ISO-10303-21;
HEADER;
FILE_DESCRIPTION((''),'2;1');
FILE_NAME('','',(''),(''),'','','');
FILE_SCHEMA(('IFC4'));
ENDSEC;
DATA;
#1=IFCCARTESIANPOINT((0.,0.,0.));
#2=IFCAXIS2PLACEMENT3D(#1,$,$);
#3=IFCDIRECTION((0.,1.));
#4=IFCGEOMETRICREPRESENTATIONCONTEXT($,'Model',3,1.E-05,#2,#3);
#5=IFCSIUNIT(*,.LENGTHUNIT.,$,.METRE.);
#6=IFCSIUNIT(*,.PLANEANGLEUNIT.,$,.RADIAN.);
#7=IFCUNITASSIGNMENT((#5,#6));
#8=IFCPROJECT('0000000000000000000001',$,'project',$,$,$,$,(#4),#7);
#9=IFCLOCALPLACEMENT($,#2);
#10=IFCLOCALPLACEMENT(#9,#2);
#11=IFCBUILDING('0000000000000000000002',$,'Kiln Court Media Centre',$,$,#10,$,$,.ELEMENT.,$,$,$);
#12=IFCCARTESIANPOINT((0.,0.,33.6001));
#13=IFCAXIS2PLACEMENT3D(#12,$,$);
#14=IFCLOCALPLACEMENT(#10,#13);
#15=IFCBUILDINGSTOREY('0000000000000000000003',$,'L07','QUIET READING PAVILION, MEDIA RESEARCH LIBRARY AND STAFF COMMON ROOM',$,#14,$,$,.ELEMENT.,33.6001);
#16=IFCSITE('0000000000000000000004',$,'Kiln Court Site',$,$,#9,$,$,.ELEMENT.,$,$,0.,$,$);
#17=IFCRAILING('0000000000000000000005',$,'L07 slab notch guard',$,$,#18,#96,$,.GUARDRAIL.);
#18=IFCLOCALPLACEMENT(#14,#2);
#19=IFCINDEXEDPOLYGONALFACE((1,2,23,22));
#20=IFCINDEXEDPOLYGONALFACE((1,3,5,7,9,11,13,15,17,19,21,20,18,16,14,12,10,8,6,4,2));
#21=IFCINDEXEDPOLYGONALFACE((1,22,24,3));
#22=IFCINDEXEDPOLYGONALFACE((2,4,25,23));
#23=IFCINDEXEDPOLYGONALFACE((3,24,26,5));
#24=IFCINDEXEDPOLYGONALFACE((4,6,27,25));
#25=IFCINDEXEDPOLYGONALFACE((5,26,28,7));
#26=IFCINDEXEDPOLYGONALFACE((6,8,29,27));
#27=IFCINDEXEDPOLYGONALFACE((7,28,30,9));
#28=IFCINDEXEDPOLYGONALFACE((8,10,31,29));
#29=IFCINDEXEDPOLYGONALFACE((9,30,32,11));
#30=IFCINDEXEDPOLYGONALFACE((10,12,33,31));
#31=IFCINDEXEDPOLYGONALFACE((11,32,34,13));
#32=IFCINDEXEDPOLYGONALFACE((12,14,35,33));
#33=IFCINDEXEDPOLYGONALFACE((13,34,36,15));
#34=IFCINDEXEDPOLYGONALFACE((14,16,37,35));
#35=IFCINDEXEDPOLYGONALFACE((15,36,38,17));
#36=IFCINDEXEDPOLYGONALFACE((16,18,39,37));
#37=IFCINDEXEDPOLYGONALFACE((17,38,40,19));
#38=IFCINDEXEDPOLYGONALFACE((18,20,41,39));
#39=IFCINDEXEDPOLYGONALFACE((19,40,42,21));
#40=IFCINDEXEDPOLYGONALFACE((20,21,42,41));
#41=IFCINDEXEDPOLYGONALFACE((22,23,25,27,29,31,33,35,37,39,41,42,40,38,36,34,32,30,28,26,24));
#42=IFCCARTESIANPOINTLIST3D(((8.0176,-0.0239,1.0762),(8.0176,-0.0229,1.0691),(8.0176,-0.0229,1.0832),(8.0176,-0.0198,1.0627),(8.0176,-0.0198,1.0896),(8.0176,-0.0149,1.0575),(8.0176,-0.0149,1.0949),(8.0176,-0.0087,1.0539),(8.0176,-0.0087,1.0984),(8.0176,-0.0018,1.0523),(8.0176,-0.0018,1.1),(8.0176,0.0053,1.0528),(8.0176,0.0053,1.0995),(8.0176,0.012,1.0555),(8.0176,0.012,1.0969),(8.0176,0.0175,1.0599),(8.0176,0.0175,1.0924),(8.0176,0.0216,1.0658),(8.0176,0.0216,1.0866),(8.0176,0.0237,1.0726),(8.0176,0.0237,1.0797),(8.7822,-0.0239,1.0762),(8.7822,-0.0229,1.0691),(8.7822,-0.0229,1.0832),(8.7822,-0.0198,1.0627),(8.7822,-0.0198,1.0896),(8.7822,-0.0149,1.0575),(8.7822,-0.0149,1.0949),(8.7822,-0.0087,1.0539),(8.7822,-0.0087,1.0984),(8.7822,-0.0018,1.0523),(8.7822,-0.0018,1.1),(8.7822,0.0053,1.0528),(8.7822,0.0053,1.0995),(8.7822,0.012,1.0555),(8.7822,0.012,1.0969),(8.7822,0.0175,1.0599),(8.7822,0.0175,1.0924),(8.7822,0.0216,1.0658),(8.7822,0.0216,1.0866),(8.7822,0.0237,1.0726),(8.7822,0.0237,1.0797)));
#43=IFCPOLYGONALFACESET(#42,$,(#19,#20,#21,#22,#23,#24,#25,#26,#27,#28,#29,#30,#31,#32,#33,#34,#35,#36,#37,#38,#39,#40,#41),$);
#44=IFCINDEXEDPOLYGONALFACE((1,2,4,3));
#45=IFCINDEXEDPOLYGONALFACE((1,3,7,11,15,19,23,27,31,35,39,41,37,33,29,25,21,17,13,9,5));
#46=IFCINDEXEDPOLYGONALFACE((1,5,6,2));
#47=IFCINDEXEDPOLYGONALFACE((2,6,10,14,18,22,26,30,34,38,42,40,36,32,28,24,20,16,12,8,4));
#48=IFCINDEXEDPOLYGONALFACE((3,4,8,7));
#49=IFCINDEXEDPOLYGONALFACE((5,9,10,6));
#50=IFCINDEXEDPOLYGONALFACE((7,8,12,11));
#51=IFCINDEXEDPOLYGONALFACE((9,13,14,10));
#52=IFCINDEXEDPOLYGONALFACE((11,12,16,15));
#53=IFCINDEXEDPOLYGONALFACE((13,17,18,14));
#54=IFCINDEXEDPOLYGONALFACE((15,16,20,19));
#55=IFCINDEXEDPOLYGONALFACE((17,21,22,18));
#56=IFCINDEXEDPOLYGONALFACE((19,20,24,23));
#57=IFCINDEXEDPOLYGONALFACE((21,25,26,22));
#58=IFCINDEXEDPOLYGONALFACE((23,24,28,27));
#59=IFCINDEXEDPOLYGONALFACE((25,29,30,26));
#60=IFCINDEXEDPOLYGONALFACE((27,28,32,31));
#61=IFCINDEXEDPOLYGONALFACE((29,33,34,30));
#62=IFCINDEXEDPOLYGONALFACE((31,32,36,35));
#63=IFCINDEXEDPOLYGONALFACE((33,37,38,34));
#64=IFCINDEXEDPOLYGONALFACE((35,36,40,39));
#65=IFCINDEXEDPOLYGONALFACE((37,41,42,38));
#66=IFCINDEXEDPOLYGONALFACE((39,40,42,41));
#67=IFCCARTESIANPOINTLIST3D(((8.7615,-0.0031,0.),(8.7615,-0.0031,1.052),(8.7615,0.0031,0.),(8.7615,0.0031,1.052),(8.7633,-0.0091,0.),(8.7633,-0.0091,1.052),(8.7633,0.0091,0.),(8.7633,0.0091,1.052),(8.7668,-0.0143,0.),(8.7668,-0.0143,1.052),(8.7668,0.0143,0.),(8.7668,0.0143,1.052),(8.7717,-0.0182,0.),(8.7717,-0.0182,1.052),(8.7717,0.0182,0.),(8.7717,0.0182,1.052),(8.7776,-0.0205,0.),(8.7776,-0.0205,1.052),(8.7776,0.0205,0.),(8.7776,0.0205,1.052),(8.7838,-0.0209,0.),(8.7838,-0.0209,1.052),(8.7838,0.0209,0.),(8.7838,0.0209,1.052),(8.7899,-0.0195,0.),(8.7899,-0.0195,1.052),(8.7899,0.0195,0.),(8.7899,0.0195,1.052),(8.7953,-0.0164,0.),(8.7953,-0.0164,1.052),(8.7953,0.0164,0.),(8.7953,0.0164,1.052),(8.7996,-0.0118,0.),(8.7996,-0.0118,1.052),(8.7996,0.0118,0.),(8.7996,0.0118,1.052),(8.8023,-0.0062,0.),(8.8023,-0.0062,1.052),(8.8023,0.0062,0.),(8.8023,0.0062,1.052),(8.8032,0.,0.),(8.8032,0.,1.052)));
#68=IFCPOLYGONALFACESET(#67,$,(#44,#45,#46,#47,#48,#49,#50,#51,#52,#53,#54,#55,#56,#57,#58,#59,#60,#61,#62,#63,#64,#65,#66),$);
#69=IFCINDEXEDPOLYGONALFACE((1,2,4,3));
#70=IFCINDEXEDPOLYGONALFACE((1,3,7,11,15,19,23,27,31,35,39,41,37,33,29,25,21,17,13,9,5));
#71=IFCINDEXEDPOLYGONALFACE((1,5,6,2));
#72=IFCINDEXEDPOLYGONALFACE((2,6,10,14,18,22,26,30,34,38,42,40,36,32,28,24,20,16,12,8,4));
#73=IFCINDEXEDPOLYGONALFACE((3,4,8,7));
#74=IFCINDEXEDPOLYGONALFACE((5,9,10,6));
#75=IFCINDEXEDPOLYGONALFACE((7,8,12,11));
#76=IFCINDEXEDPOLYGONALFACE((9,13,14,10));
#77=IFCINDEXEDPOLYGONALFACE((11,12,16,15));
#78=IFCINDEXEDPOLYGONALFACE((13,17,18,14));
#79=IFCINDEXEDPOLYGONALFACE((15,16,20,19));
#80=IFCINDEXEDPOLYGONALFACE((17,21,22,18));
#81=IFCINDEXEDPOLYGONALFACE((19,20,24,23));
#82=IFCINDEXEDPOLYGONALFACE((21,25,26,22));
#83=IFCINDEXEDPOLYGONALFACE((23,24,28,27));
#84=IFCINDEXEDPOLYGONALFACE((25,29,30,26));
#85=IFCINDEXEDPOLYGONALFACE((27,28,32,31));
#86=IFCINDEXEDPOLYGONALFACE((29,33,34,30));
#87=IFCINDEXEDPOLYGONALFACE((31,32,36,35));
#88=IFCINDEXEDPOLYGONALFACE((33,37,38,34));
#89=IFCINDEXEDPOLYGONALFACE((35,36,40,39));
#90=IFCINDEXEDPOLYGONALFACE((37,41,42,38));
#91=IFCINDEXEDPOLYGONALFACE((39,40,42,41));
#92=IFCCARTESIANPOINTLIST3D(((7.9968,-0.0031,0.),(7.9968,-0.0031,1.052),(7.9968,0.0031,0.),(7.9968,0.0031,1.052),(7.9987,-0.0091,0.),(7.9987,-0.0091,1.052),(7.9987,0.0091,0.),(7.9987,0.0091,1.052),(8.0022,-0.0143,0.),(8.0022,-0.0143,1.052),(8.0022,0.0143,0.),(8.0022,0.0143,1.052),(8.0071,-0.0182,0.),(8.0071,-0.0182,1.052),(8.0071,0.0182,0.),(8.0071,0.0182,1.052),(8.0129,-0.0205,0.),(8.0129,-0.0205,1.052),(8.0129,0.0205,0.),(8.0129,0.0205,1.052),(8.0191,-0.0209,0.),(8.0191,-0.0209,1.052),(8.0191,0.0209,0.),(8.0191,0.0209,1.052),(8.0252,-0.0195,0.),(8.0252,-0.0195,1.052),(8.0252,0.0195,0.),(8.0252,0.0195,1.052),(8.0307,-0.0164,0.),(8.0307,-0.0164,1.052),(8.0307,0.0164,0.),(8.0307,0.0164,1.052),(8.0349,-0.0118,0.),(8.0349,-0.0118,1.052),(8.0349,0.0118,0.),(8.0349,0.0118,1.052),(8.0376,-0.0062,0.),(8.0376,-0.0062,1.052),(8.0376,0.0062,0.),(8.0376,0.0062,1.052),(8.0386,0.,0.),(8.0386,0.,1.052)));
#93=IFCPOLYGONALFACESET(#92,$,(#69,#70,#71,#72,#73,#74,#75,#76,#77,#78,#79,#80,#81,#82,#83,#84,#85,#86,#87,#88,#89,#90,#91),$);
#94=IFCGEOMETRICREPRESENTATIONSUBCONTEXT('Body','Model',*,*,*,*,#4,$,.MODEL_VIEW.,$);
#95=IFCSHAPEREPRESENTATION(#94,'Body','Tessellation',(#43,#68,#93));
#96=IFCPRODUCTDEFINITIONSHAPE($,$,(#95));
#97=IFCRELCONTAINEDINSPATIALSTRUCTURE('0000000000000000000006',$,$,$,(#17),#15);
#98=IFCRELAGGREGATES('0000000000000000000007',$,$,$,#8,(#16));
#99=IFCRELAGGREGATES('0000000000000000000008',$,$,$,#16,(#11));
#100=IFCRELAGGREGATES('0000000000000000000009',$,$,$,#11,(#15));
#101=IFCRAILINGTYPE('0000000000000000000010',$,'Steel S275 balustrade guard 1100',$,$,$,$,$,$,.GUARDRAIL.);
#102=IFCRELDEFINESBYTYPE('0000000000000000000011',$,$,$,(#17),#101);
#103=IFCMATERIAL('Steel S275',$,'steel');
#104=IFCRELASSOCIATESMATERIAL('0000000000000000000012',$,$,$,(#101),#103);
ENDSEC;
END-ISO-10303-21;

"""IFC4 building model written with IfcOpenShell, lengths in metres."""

from ifc_helpers import new_model, si_unit, direction, frame, origin, origin_2d, place, context, subcontext, project, spatial, circle, extrude, material, type_object, element, save


model = new_model("IFC4")

# Units and contexts
model_context = context("Model", 3, precision=1e-05, world=origin(), true_north=direction((0.0, 1.0)))
body_context = subcontext(model_context, "Body", "Model", "MODEL_VIEW")
ifc_project = project(units=[si_unit("LENGTHUNIT", "METRE"), si_unit("PLANEANGLEUNIT", "RADIAN")], contexts=[model_context])

# Site, building, storey
site_placement = place(None, origin())
site = spatial("IfcSite", under=ifc_project, at=site_placement, Name="Kiln Court Site", CompositionType="ELEMENT", RefElevation=0.0)
building_placement = place(site_placement, origin())
building = spatial("IfcBuilding", under=site, at=building_placement, Name="Kiln Court Media Centre", CompositionType="ELEMENT")
storey_placement = place(building_placement, frame((0.0, 0.0, 33.6001)))
storey = spatial("IfcBuildingStorey", under=building, at=storey_placement, Name="L07", Description="QUIET READING PAVILION, MEDIA RESEARCH LIBRARY AND STAFF COMMON ROOM", CompositionType="ELEMENT", Elevation=33.6001)

# Railing
ifc_material_1 = material(Name="Steel S275", Category="steel")
railing_type = type_object("IfcRailingType", Name="Steel S275 balustrade guard 1100", PredefinedType="GUARDRAIL", material=ifc_material_1)
for number, where, name in (
    (1, (8.7822, 0.0, 0.0), "L07 slab notch guard"),
):
    element("IfcRailing", number, at=place(storey_placement, frame(where)), inside=storey, type_object=railing_type, Name=name, PredefinedType="GUARDRAIL", context=body_context, shape_type="SweptSolid", body=[
        extrude(circle(Radius=0.0239, at=origin_2d()), frame((0.0, 0.0, 1.0762), z_axis=(-1.0, 0.0, 0.0), x_axis=(0.0, -1.0, 0.0)), (0.0, 0.0, 1.0), 0.7646),
        extrude(circle(Radius=0.021, at=origin_2d()), origin(), (0.0, 0.0, 1.0), 1.052),
        extrude(circle(Radius=0.021, at=origin_2d()), frame((-0.7646, 0.0, 0.0)), (0.0, 0.0, 1.0), 1.052),
    ])

save(model, "model.ifc")
